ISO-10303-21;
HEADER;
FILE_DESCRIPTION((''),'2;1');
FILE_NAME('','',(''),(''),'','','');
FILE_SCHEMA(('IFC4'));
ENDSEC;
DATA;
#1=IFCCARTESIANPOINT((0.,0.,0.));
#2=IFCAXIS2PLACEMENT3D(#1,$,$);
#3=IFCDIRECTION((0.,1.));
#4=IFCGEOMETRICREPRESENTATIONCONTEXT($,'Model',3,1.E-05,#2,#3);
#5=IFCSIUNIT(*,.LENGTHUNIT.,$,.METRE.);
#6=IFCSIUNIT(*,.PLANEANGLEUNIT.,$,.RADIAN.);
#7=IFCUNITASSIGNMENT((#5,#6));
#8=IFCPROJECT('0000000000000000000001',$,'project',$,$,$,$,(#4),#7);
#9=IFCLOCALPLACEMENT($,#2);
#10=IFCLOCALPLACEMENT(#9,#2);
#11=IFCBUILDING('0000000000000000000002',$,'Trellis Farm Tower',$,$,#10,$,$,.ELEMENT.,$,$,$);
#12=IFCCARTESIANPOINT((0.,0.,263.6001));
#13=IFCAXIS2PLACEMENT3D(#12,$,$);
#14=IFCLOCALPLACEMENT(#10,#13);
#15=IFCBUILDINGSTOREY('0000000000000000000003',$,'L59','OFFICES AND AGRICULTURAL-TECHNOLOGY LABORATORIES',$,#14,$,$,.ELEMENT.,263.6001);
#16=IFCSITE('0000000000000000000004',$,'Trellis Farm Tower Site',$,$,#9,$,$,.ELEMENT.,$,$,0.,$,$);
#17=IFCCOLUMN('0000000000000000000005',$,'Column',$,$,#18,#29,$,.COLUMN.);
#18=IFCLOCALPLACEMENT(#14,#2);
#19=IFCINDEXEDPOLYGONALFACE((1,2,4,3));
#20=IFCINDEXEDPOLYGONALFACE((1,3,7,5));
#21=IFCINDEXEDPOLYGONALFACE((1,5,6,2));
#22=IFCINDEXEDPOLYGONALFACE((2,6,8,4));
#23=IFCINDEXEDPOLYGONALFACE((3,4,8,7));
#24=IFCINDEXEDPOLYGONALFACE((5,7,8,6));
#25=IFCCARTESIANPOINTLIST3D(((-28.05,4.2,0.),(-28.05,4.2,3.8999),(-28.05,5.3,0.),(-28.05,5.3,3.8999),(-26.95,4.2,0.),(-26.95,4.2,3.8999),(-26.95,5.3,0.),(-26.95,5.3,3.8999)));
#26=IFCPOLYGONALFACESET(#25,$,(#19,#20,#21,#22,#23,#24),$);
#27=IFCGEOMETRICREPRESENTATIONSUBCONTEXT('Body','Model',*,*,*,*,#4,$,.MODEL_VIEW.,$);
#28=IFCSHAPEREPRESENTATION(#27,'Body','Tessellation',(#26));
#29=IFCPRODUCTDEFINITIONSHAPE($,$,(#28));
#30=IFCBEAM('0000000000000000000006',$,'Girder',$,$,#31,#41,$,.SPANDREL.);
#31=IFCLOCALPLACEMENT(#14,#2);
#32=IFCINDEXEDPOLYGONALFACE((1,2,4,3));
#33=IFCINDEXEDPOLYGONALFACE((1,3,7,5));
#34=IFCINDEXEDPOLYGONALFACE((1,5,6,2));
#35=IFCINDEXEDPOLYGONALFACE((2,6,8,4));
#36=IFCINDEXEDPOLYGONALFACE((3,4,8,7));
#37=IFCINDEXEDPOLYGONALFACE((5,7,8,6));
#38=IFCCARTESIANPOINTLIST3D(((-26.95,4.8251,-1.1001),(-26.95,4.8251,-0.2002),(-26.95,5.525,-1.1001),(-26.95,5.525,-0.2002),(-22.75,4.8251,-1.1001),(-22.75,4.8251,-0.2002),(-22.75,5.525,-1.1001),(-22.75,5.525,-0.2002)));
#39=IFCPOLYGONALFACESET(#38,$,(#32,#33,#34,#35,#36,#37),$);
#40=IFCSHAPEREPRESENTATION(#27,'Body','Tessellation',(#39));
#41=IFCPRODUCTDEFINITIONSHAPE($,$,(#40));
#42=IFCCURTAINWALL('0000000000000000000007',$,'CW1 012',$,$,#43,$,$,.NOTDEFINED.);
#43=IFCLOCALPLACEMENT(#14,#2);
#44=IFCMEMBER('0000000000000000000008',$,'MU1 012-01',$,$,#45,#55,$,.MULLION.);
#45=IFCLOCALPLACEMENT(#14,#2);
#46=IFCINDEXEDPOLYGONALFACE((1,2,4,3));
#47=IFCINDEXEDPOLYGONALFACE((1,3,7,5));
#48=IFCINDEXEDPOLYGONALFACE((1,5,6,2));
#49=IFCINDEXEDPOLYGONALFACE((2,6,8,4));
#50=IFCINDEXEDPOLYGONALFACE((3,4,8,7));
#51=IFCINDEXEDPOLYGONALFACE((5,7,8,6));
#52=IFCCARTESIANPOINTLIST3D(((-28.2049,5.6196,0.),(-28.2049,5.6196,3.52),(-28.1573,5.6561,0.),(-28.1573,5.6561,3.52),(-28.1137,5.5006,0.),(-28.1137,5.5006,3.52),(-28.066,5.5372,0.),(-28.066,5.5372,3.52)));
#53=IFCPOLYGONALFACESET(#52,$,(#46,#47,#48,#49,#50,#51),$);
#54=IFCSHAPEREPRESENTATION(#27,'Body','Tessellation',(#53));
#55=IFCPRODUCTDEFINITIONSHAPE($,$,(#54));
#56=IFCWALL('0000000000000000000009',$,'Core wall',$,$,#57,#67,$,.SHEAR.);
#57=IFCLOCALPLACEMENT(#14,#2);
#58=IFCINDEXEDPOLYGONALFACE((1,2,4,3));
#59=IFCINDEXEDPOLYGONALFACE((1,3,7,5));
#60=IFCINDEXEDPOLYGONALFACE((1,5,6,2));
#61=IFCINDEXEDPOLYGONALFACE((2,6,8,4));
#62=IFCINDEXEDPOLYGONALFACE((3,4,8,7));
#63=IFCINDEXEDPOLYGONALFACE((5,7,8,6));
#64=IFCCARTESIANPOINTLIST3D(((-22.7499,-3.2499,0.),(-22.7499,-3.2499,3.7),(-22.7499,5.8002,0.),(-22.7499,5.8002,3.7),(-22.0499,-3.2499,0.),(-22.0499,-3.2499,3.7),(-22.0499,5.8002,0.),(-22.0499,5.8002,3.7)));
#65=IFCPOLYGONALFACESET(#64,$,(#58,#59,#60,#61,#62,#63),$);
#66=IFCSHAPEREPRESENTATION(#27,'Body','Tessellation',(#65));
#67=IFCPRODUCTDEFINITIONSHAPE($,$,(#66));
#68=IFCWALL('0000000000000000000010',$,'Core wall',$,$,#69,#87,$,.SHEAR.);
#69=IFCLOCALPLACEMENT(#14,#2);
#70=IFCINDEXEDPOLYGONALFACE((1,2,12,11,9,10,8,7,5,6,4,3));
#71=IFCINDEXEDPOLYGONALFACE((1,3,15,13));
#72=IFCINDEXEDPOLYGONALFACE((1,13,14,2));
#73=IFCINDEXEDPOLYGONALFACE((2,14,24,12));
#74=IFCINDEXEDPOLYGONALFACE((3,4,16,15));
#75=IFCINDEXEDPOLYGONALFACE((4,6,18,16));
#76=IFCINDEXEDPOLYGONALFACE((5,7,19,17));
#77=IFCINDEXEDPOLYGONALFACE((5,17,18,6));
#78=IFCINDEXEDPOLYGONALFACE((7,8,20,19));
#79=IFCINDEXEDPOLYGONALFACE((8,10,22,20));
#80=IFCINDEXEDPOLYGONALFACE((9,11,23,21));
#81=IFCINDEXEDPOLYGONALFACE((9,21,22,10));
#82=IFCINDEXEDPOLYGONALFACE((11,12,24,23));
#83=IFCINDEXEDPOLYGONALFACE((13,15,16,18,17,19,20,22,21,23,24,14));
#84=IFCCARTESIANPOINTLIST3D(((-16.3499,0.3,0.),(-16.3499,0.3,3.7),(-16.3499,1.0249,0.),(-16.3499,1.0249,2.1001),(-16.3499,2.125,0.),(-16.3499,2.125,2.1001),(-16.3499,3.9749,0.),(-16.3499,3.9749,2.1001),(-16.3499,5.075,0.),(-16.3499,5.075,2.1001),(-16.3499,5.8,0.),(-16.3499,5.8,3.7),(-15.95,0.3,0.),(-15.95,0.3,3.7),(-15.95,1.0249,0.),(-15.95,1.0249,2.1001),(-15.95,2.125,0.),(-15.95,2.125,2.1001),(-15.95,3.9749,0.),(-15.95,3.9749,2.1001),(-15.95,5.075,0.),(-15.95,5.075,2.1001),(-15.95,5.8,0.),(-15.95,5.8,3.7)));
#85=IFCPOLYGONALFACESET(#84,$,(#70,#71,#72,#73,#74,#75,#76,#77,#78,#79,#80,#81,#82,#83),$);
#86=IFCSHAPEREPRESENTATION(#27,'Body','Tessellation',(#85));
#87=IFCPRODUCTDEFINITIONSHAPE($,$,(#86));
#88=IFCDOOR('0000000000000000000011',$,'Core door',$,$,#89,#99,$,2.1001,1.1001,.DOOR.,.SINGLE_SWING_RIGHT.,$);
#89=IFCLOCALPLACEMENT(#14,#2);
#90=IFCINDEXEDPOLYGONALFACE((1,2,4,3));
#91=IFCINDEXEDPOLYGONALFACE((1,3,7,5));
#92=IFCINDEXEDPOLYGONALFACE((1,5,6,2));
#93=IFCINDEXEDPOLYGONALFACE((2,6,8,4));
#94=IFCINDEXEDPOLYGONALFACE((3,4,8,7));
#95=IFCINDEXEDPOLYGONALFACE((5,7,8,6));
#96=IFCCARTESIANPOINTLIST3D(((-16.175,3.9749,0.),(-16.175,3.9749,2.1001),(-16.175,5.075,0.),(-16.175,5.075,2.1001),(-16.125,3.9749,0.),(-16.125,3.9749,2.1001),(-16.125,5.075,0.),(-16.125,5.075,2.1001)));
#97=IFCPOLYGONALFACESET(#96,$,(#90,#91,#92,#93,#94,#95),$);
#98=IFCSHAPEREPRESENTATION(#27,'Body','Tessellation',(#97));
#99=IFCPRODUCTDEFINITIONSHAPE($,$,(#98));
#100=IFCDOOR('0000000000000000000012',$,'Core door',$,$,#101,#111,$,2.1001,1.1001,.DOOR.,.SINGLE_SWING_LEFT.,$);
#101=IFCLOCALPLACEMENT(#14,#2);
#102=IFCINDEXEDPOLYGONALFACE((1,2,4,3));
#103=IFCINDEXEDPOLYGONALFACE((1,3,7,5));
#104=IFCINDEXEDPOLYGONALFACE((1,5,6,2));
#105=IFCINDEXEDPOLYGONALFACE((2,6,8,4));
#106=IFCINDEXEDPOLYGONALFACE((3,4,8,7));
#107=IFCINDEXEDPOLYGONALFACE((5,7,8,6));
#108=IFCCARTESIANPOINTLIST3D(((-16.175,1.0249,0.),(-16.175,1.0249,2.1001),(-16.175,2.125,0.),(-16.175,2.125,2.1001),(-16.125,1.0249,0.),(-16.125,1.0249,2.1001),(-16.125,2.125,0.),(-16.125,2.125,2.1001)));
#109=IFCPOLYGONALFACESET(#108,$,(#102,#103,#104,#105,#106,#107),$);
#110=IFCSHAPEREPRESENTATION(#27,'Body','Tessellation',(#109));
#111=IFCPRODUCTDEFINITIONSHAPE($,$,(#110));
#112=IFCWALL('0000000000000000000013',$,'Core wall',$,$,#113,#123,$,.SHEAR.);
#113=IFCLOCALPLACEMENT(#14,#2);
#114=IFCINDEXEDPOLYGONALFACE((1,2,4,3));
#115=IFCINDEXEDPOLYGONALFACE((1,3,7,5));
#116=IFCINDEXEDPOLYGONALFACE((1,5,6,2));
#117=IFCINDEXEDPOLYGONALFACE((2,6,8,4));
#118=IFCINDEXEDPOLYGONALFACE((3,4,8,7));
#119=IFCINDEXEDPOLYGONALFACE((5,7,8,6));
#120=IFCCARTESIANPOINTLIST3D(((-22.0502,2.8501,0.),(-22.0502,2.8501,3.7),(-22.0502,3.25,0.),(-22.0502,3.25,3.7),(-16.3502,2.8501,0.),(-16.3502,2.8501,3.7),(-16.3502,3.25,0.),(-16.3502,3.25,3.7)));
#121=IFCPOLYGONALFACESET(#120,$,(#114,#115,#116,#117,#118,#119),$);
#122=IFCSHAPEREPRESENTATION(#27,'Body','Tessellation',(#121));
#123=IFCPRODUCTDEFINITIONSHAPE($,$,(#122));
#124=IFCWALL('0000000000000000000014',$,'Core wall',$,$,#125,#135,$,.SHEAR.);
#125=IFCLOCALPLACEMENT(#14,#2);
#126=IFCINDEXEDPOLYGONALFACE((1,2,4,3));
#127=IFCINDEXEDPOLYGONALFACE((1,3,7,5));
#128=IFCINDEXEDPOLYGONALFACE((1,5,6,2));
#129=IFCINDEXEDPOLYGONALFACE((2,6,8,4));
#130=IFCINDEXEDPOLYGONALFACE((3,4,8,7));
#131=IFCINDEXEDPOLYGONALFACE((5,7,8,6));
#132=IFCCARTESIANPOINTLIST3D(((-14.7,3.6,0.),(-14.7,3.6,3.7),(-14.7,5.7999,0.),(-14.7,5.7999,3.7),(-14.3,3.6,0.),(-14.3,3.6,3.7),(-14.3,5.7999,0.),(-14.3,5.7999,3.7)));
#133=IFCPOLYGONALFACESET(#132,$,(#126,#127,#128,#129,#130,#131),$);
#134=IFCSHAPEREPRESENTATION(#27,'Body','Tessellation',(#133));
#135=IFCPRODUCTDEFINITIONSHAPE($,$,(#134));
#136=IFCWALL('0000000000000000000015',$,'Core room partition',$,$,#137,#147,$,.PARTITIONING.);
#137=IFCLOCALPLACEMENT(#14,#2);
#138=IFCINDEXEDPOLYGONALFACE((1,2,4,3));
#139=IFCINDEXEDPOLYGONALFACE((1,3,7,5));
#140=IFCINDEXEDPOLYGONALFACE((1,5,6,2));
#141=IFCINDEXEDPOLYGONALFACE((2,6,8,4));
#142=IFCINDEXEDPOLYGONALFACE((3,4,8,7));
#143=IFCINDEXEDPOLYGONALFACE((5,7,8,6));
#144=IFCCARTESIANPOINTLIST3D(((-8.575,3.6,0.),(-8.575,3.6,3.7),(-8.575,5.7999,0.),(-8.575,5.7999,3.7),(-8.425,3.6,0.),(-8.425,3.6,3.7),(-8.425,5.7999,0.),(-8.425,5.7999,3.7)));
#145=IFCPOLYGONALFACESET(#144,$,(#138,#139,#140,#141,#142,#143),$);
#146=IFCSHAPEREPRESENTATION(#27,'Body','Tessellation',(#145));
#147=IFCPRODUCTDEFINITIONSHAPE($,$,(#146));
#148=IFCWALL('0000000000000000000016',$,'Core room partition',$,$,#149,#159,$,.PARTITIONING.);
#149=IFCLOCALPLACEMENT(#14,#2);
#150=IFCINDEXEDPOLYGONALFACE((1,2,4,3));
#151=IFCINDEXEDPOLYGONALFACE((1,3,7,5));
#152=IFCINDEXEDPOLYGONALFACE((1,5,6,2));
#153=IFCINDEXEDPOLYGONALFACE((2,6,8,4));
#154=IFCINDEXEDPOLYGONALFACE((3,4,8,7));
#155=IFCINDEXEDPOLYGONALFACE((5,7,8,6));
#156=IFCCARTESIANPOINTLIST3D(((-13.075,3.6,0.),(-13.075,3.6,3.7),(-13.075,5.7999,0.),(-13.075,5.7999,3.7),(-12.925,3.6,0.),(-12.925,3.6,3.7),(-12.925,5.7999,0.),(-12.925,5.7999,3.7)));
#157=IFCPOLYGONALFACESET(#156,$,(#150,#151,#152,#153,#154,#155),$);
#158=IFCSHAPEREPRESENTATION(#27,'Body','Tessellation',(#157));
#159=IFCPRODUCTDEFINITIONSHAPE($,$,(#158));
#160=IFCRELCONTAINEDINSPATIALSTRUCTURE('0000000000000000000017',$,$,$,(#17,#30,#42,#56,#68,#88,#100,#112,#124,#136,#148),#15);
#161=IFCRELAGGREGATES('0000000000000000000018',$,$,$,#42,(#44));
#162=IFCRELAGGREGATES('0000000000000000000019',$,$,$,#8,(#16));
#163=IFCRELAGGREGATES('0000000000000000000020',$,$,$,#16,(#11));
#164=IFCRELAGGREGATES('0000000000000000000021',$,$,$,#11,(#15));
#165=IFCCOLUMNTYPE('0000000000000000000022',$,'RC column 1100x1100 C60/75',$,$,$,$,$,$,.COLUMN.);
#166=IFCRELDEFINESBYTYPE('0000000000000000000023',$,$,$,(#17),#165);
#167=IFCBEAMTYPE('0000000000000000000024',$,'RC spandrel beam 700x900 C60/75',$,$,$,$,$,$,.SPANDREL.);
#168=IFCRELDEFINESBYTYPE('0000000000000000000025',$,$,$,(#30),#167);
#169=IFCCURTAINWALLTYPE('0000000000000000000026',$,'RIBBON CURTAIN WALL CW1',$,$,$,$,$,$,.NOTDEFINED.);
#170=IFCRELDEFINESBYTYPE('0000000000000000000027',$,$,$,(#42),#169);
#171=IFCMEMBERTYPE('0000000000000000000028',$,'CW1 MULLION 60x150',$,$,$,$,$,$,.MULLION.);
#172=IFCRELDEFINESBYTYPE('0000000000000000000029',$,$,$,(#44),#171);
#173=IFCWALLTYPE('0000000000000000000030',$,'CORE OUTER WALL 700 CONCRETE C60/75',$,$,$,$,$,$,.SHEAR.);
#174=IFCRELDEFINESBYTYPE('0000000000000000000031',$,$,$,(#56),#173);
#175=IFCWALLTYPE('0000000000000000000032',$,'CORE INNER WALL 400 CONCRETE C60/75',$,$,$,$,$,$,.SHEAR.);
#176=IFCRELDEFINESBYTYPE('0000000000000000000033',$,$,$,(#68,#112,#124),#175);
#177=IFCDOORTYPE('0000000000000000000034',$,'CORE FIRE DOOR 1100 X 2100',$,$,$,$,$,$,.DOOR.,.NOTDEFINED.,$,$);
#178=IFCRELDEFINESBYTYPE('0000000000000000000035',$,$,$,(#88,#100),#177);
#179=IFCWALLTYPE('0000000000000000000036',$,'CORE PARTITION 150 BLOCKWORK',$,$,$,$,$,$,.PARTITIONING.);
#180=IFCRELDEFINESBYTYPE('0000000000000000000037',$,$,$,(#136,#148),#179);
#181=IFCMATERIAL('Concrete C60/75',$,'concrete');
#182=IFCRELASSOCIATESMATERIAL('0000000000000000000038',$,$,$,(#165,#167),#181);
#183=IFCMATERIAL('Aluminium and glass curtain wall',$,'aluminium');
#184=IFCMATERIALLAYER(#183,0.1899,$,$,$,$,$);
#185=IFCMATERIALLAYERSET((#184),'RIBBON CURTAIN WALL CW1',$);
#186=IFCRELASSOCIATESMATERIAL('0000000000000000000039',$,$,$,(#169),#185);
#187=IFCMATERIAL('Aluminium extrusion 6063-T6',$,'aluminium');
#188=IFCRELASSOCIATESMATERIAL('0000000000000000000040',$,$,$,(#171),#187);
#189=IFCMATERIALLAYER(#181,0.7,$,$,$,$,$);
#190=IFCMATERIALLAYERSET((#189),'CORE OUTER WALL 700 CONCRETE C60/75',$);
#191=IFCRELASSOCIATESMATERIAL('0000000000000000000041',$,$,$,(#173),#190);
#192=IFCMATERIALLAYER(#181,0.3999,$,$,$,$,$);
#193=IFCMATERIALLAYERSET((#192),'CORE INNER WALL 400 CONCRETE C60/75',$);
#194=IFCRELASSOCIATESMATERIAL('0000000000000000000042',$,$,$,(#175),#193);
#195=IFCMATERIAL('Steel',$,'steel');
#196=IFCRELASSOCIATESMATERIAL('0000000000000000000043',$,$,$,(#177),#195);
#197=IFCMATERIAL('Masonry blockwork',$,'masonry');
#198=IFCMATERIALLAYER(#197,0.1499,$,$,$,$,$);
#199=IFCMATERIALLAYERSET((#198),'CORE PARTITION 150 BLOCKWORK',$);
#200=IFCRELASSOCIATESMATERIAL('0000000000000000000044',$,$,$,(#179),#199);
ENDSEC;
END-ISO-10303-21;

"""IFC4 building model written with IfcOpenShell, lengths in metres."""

from ifc_helpers import new_model, si_unit, direction, frame, frame_2d, origin, origin_2d, place, context, subcontext, project, spatial, rectangle, extrude, source, transform, mapped, material, layer, layer_set, material_profile, profile_set, type_object, element, fill, aggregate, save


model = new_model("IFC4")

# Units and contexts
model_context = context("Model", 3, precision=1e-05, world=origin(), true_north=direction((0.0, 1.0)))
body_context = subcontext(model_context, "Body", "Model", "MODEL_VIEW")
ifc_project = project(units=[si_unit("LENGTHUNIT", "METRE"), si_unit("PLANEANGLEUNIT", "RADIAN")], contexts=[model_context])

# Site, building, storey
site_placement = place(None, origin())
site = spatial("IfcSite", under=ifc_project, at=site_placement, Name="Trellis Farm Tower Site", CompositionType="ELEMENT", RefElevation=0.0)
building_placement = place(site_placement, origin())
building = spatial("IfcBuilding", under=site, at=building_placement, Name="Trellis Farm Tower", CompositionType="ELEMENT")
storey_placement = place(building_placement, frame((0.0, 0.0, 263.6001)))
storey = spatial("IfcBuildingStorey", under=building, at=storey_placement, Name="L59", Description="OFFICES AND AGRICULTURAL-TECHNOLOGY LABORATORIES", CompositionType="ELEMENT", Elevation=263.6001)

# Column
ifc_material_1 = material(Name="Concrete C60/75", Category="concrete")
ifc_material_profile_1 = material_profile(ifc_material_1, rectangle(XDim=1.1001, YDim=1.1001, at=origin_2d()), Name="RC column 1100x1100 C60/75")
ifc_profile_set_1 = profile_set([ifc_material_profile_1], Name="Concrete C60/75")
column_type = type_object("IfcColumnType", Name="RC column 1100x1100 C60/75", PredefinedType="COLUMN", material=ifc_profile_set_1)
shared_shape_1 = source(origin(), body_context, "Body", "SweptSolid", [
    extrude(rectangle(XDim=1.1001, YDim=1.1001, at=origin_2d()), origin(), (0.0, 0.0, 1.0), 3.8999),
])
column_placement = place(storey_placement, frame((-27.5, 4.75, 0.0), z_axis=(0.0, 0.0, 1.0), x_axis=(1.0, 0.0, 0.0)))
element("IfcColumn", 1, at=column_placement, inside=storey, type_object=column_type, Name="Column", PredefinedType="COLUMN", context=body_context, shape_type="MappedRepresentation", body=[
    mapped(shared_shape_1, transform((0.0, 0.0, 0.0))),
])

# Beam
ifc_material_profile_2 = material_profile(ifc_material_1, rectangle(XDim=0.7, YDim=0.8999, at=origin_2d()), Name="RC spandrel beam 700x900 C60/75")
ifc_profile_set_2 = profile_set([ifc_material_profile_2], Name="Concrete C60/75")
beam_type = type_object("IfcBeamType", Name="RC spandrel beam 700x900 C60/75", PredefinedType="SPANDREL", material=ifc_profile_set_2)
shared_shape_2 = source(origin(), body_context, "Body", "SweptSolid", [
    extrude(rectangle(XDim=0.7, YDim=0.8999, at=origin_2d()), origin(), (0.0, 0.0, 1.0), 4.2),
])
beam_placement = place(storey_placement, frame((-26.95, 5.175, -0.6501), z_axis=(1.0, 0.0, 0.0), x_axis=(0.0, 1.0, 0.0)))
element("IfcBeam", 2, at=beam_placement, inside=storey, type_object=beam_type, Name="Girder", PredefinedType="SPANDREL", context=body_context, shape_type="MappedRepresentation", body=[
    mapped(shared_shape_2, transform((0.0, 0.0, 0.0))),
])

# Curtain wall, member
ifc_material_2 = material(Name="Aluminium and glass curtain wall", Category="aluminium")
ifc_layer_1 = layer(ifc_material_2, 0.1899)
ifc_layer_set_1 = layer_set([ifc_layer_1], Name="RIBBON CURTAIN WALL CW1")
curtain_wall_type = type_object("IfcCurtainWallType", Name="RIBBON CURTAIN WALL CW1", PredefinedType="NOTDEFINED", material=ifc_layer_set_1)
placement = place(storey_placement, origin())
curtain_wall = element("IfcCurtainWall", 3, at=placement, inside=storey, type_object=curtain_wall_type, Name="CW1 012", PredefinedType="NOTDEFINED")
ifc_material_3 = material(Name="Aluminium extrusion 6063-T6", Category="aluminium")
ifc_material_profile_3 = material_profile(ifc_material_3, rectangle(XDim=0.0601, YDim=0.1499, at=origin_2d()), Name="MULLION 60x150")
ifc_profile_set_3 = profile_set([ifc_material_profile_3], Name="Aluminium extrusion 6063-T6")
member_type = type_object("IfcMemberType", Name="CW1 MULLION 60x150", PredefinedType="MULLION", material=ifc_profile_set_3)
shared_shape_3 = source(origin(), body_context, "Body", "SweptSolid", [
    extrude(rectangle(XDim=0.0601, YDim=0.1499, at=origin_2d()), origin(), (0.0, 0.0, 1.0), 3.52),
])
member_placement = place(storey_placement, frame((-28.1355, 5.5784, 0.0), z_axis=(0.0, 0.0, 1.0), x_axis=(-0.793353, -0.608761, 0.0)))
member = element("IfcMember", 4, at=member_placement, type_object=member_type, Name="MU1 012-01", PredefinedType="MULLION", context=body_context, shape_type="MappedRepresentation", body=[
    mapped(shared_shape_3, transform((0.0, 0.0, 0.0))),
])
aggregate(curtain_wall, [member])

# Wall
ifc_layer_2 = layer(ifc_material_1, 0.7)
ifc_layer_set_2 = layer_set([ifc_layer_2], Name="CORE OUTER WALL 700 CONCRETE C60/75")
wall_type_1 = type_object("IfcWallType", Name="CORE OUTER WALL 700 CONCRETE C60/75", PredefinedType="SHEAR", material=ifc_layer_set_2)
shared_shape_4 = source(origin(), body_context, "Body", "SweptSolid", [
    extrude(rectangle(XDim=9.05, YDim=0.7, at=frame_2d((4.5249, 0.0))), origin(), (0.0, 0.0, 1.0), 3.7),
])
wall_1_placement = place(storey_placement, frame((-22.3999, 5.8, 0.0), z_axis=(0.0, 0.0, 1.0), x_axis=(0.0, -1.0, 0.0)))
element("IfcWall", 5, at=wall_1_placement, inside=storey, type_object=wall_type_1, Name="Core wall", PredefinedType="SHEAR", context=body_context, shape_type="MappedRepresentation", body=[
    mapped(shared_shape_4, transform((0.0, 0.0, 0.0))),
])

# Wall, openings, doors
ifc_layer_3 = layer(ifc_material_1, 0.3999)
ifc_layer_set_3 = layer_set([ifc_layer_3], Name="CORE INNER WALL 400 CONCRETE C60/75")
wall_type_2 = type_object("IfcWallType", Name="CORE INNER WALL 400 CONCRETE C60/75", PredefinedType="SHEAR", material=ifc_layer_set_3)
shared_shape_5 = source(origin(), body_context, "Body", "SweptSolid", [
    extrude(rectangle(XDim=5.5, YDim=0.3999, at=frame_2d((2.75, 0.0))), origin(), (0.0, 0.0, 1.0), 3.7),
])
wall_2_placement = place(storey_placement, frame((-16.1499, 5.8, 0.0), z_axis=(0.0, 0.0, 1.0), x_axis=(0.0, -1.0, 0.0)))
wall_2 = element("IfcWall", 6, at=wall_2_placement, inside=storey, type_object=wall_type_2, Name="Core wall", PredefinedType="SHEAR", context=body_context, shape_type="MappedRepresentation", body=[
    mapped(shared_shape_5, transform((0.0, 0.0, 0.0))),
])
shared_shape_6 = source(origin(), body_context, "Body", "SweptSolid", [
    extrude(rectangle(XDim=1.1001, YDim=2.1001, at=frame_2d((0.55, 1.05))), frame((0.0, 0.21, 0.0), z_axis=(0.0, -1.0, 0.0), x_axis=(1.0, 0.0, 0.0)), (0.0, 0.0, 1.0), 0.4199),
])
opening_1_placement = place(wall_2_placement, frame((0.7251, 0.0, 0.0)))
opening_1 = element("IfcOpeningElement", 7, at=opening_1_placement, cuts=wall_2, PredefinedType="OPENING", context=body_context, shape_type="MappedRepresentation", body=[
    mapped(shared_shape_6, transform((0.0, 0.0, 0.0))),
])
opening_2_placement = place(wall_2_placement, frame((3.675, 0.0, 0.0)))
opening_2 = element("IfcOpeningElement", 8, at=opening_2_placement, cuts=wall_2, PredefinedType="OPENING", context=body_context, shape_type="MappedRepresentation", body=[
    mapped(shared_shape_6, transform((0.0, 0.0, 0.0))),
])
ifc_material_4 = material(Name="Steel", Category="steel")
door_type = type_object("IfcDoorType", Name="CORE FIRE DOOR 1100 X 2100", OperationType="NOTDEFINED", PredefinedType="DOOR", material=ifc_material_4)
shared_shape_7 = source(origin(), body_context, "Body", "SweptSolid", [
    extrude(rectangle(XDim=1.1001, YDim=2.1001, at=frame_2d((0.55, 1.05))), frame((0.0, 0.0249, 0.0), z_axis=(0.0, -1.0, 0.0), x_axis=(1.0, 0.0, 0.0)), (0.0, 0.0, 1.0), 0.05),
])
door_1_placement = place(opening_1_placement, origin())
door_1 = element("IfcDoor", 9, at=door_1_placement, inside=storey, type_object=door_type, Name="Core door", OperationType="SINGLE_SWING_RIGHT", OverallHeight=2.1001, OverallWidth=1.1001, PredefinedType="DOOR", context=body_context, shape_type="MappedRepresentation", body=[
    mapped(shared_shape_7, transform((0.0, 0.0, 0.0))),
])
fill(opening_1, door_1)
door_2_placement = place(opening_2_placement, origin())
door_2 = element("IfcDoor", 10, at=door_2_placement, inside=storey, type_object=door_type, Name="Core door", OperationType="SINGLE_SWING_LEFT", OverallHeight=2.1001, OverallWidth=1.1001, PredefinedType="DOOR", context=body_context, shape_type="MappedRepresentation", body=[
    mapped(shared_shape_7, transform((0.0, 0.0, 0.0))),
])
fill(opening_2, door_2)

# Walls
shared_shape_8 = source(origin(), body_context, "Body", "SweptSolid", [
    extrude(rectangle(XDim=5.7, YDim=0.3999, at=frame_2d((2.8501, 0.0))), origin(), (0.0, 0.0, 1.0), 3.7),
])
wall_3_placement = place(storey_placement, frame((-16.3501, 3.05, 0.0), z_axis=(0.0, 0.0, 1.0), x_axis=(-1.0, 0.0, 0.0)))
element("IfcWall", 11, at=wall_3_placement, inside=storey, type_object=wall_type_2, Name="Core wall", PredefinedType="SHEAR", context=body_context, shape_type="MappedRepresentation", body=[
    mapped(shared_shape_8, transform((0.0, 0.0, 0.0))),
])
shared_shape_9 = source(origin(), body_context, "Body", "SweptSolid", [
    extrude(rectangle(XDim=2.2, YDim=0.3999, at=frame_2d((1.1001, 0.0))), origin(), (0.0, 0.0, 1.0), 3.7),
])
wall_4_placement = place(storey_placement, frame((-14.5, 5.8, 0.0), z_axis=(0.0, 0.0, 1.0), x_axis=(0.0, -1.0, 0.0)))
element("IfcWall", 12, at=wall_4_placement, inside=storey, type_object=wall_type_2, Name="Core wall", PredefinedType="SHEAR", context=body_context, shape_type="MappedRepresentation", body=[
    mapped(shared_shape_9, transform((0.0, 0.0, 0.0))),
])
ifc_material_5 = material(Name="Masonry blockwork", Category="masonry")
ifc_layer_4 = layer(ifc_material_5, 0.1499)
ifc_layer_set_4 = layer_set([ifc_layer_4], Name="CORE PARTITION 150 BLOCKWORK")
wall_type_3 = type_object("IfcWallType", Name="CORE PARTITION 150 BLOCKWORK", PredefinedType="PARTITIONING", material=ifc_layer_set_4)
shared_shape_10 = source(origin(), body_context, "Body", "SweptSolid", [
    extrude(rectangle(XDim=2.2, YDim=0.1499, at=frame_2d((1.1001, 0.0))), origin(), (0.0, 0.0, 1.0), 3.7),
])
for number, where, z_axis, x_axis, name in (
    (13, (-8.5, 5.8, 0.0), (0.0, 0.0, 1.0), (0.0, -1.0, 0.0), "Core room partition"),
    (14, (-13.0, 5.8, 0.0), (0.0, 0.0, 1.0), (0.0, -1.0, 0.0), "Core room partition"),
):
    element("IfcWall", number, at=place(storey_placement, frame(where, z_axis=z_axis, x_axis=x_axis)), inside=storey, type_object=wall_type_3, Name=name, PredefinedType="PARTITIONING", context=body_context, shape_type="MappedRepresentation", body=[
        mapped(shared_shape_10, transform((0.0, 0.0, 0.0))),
    ])

save(model, "model.ifc")
